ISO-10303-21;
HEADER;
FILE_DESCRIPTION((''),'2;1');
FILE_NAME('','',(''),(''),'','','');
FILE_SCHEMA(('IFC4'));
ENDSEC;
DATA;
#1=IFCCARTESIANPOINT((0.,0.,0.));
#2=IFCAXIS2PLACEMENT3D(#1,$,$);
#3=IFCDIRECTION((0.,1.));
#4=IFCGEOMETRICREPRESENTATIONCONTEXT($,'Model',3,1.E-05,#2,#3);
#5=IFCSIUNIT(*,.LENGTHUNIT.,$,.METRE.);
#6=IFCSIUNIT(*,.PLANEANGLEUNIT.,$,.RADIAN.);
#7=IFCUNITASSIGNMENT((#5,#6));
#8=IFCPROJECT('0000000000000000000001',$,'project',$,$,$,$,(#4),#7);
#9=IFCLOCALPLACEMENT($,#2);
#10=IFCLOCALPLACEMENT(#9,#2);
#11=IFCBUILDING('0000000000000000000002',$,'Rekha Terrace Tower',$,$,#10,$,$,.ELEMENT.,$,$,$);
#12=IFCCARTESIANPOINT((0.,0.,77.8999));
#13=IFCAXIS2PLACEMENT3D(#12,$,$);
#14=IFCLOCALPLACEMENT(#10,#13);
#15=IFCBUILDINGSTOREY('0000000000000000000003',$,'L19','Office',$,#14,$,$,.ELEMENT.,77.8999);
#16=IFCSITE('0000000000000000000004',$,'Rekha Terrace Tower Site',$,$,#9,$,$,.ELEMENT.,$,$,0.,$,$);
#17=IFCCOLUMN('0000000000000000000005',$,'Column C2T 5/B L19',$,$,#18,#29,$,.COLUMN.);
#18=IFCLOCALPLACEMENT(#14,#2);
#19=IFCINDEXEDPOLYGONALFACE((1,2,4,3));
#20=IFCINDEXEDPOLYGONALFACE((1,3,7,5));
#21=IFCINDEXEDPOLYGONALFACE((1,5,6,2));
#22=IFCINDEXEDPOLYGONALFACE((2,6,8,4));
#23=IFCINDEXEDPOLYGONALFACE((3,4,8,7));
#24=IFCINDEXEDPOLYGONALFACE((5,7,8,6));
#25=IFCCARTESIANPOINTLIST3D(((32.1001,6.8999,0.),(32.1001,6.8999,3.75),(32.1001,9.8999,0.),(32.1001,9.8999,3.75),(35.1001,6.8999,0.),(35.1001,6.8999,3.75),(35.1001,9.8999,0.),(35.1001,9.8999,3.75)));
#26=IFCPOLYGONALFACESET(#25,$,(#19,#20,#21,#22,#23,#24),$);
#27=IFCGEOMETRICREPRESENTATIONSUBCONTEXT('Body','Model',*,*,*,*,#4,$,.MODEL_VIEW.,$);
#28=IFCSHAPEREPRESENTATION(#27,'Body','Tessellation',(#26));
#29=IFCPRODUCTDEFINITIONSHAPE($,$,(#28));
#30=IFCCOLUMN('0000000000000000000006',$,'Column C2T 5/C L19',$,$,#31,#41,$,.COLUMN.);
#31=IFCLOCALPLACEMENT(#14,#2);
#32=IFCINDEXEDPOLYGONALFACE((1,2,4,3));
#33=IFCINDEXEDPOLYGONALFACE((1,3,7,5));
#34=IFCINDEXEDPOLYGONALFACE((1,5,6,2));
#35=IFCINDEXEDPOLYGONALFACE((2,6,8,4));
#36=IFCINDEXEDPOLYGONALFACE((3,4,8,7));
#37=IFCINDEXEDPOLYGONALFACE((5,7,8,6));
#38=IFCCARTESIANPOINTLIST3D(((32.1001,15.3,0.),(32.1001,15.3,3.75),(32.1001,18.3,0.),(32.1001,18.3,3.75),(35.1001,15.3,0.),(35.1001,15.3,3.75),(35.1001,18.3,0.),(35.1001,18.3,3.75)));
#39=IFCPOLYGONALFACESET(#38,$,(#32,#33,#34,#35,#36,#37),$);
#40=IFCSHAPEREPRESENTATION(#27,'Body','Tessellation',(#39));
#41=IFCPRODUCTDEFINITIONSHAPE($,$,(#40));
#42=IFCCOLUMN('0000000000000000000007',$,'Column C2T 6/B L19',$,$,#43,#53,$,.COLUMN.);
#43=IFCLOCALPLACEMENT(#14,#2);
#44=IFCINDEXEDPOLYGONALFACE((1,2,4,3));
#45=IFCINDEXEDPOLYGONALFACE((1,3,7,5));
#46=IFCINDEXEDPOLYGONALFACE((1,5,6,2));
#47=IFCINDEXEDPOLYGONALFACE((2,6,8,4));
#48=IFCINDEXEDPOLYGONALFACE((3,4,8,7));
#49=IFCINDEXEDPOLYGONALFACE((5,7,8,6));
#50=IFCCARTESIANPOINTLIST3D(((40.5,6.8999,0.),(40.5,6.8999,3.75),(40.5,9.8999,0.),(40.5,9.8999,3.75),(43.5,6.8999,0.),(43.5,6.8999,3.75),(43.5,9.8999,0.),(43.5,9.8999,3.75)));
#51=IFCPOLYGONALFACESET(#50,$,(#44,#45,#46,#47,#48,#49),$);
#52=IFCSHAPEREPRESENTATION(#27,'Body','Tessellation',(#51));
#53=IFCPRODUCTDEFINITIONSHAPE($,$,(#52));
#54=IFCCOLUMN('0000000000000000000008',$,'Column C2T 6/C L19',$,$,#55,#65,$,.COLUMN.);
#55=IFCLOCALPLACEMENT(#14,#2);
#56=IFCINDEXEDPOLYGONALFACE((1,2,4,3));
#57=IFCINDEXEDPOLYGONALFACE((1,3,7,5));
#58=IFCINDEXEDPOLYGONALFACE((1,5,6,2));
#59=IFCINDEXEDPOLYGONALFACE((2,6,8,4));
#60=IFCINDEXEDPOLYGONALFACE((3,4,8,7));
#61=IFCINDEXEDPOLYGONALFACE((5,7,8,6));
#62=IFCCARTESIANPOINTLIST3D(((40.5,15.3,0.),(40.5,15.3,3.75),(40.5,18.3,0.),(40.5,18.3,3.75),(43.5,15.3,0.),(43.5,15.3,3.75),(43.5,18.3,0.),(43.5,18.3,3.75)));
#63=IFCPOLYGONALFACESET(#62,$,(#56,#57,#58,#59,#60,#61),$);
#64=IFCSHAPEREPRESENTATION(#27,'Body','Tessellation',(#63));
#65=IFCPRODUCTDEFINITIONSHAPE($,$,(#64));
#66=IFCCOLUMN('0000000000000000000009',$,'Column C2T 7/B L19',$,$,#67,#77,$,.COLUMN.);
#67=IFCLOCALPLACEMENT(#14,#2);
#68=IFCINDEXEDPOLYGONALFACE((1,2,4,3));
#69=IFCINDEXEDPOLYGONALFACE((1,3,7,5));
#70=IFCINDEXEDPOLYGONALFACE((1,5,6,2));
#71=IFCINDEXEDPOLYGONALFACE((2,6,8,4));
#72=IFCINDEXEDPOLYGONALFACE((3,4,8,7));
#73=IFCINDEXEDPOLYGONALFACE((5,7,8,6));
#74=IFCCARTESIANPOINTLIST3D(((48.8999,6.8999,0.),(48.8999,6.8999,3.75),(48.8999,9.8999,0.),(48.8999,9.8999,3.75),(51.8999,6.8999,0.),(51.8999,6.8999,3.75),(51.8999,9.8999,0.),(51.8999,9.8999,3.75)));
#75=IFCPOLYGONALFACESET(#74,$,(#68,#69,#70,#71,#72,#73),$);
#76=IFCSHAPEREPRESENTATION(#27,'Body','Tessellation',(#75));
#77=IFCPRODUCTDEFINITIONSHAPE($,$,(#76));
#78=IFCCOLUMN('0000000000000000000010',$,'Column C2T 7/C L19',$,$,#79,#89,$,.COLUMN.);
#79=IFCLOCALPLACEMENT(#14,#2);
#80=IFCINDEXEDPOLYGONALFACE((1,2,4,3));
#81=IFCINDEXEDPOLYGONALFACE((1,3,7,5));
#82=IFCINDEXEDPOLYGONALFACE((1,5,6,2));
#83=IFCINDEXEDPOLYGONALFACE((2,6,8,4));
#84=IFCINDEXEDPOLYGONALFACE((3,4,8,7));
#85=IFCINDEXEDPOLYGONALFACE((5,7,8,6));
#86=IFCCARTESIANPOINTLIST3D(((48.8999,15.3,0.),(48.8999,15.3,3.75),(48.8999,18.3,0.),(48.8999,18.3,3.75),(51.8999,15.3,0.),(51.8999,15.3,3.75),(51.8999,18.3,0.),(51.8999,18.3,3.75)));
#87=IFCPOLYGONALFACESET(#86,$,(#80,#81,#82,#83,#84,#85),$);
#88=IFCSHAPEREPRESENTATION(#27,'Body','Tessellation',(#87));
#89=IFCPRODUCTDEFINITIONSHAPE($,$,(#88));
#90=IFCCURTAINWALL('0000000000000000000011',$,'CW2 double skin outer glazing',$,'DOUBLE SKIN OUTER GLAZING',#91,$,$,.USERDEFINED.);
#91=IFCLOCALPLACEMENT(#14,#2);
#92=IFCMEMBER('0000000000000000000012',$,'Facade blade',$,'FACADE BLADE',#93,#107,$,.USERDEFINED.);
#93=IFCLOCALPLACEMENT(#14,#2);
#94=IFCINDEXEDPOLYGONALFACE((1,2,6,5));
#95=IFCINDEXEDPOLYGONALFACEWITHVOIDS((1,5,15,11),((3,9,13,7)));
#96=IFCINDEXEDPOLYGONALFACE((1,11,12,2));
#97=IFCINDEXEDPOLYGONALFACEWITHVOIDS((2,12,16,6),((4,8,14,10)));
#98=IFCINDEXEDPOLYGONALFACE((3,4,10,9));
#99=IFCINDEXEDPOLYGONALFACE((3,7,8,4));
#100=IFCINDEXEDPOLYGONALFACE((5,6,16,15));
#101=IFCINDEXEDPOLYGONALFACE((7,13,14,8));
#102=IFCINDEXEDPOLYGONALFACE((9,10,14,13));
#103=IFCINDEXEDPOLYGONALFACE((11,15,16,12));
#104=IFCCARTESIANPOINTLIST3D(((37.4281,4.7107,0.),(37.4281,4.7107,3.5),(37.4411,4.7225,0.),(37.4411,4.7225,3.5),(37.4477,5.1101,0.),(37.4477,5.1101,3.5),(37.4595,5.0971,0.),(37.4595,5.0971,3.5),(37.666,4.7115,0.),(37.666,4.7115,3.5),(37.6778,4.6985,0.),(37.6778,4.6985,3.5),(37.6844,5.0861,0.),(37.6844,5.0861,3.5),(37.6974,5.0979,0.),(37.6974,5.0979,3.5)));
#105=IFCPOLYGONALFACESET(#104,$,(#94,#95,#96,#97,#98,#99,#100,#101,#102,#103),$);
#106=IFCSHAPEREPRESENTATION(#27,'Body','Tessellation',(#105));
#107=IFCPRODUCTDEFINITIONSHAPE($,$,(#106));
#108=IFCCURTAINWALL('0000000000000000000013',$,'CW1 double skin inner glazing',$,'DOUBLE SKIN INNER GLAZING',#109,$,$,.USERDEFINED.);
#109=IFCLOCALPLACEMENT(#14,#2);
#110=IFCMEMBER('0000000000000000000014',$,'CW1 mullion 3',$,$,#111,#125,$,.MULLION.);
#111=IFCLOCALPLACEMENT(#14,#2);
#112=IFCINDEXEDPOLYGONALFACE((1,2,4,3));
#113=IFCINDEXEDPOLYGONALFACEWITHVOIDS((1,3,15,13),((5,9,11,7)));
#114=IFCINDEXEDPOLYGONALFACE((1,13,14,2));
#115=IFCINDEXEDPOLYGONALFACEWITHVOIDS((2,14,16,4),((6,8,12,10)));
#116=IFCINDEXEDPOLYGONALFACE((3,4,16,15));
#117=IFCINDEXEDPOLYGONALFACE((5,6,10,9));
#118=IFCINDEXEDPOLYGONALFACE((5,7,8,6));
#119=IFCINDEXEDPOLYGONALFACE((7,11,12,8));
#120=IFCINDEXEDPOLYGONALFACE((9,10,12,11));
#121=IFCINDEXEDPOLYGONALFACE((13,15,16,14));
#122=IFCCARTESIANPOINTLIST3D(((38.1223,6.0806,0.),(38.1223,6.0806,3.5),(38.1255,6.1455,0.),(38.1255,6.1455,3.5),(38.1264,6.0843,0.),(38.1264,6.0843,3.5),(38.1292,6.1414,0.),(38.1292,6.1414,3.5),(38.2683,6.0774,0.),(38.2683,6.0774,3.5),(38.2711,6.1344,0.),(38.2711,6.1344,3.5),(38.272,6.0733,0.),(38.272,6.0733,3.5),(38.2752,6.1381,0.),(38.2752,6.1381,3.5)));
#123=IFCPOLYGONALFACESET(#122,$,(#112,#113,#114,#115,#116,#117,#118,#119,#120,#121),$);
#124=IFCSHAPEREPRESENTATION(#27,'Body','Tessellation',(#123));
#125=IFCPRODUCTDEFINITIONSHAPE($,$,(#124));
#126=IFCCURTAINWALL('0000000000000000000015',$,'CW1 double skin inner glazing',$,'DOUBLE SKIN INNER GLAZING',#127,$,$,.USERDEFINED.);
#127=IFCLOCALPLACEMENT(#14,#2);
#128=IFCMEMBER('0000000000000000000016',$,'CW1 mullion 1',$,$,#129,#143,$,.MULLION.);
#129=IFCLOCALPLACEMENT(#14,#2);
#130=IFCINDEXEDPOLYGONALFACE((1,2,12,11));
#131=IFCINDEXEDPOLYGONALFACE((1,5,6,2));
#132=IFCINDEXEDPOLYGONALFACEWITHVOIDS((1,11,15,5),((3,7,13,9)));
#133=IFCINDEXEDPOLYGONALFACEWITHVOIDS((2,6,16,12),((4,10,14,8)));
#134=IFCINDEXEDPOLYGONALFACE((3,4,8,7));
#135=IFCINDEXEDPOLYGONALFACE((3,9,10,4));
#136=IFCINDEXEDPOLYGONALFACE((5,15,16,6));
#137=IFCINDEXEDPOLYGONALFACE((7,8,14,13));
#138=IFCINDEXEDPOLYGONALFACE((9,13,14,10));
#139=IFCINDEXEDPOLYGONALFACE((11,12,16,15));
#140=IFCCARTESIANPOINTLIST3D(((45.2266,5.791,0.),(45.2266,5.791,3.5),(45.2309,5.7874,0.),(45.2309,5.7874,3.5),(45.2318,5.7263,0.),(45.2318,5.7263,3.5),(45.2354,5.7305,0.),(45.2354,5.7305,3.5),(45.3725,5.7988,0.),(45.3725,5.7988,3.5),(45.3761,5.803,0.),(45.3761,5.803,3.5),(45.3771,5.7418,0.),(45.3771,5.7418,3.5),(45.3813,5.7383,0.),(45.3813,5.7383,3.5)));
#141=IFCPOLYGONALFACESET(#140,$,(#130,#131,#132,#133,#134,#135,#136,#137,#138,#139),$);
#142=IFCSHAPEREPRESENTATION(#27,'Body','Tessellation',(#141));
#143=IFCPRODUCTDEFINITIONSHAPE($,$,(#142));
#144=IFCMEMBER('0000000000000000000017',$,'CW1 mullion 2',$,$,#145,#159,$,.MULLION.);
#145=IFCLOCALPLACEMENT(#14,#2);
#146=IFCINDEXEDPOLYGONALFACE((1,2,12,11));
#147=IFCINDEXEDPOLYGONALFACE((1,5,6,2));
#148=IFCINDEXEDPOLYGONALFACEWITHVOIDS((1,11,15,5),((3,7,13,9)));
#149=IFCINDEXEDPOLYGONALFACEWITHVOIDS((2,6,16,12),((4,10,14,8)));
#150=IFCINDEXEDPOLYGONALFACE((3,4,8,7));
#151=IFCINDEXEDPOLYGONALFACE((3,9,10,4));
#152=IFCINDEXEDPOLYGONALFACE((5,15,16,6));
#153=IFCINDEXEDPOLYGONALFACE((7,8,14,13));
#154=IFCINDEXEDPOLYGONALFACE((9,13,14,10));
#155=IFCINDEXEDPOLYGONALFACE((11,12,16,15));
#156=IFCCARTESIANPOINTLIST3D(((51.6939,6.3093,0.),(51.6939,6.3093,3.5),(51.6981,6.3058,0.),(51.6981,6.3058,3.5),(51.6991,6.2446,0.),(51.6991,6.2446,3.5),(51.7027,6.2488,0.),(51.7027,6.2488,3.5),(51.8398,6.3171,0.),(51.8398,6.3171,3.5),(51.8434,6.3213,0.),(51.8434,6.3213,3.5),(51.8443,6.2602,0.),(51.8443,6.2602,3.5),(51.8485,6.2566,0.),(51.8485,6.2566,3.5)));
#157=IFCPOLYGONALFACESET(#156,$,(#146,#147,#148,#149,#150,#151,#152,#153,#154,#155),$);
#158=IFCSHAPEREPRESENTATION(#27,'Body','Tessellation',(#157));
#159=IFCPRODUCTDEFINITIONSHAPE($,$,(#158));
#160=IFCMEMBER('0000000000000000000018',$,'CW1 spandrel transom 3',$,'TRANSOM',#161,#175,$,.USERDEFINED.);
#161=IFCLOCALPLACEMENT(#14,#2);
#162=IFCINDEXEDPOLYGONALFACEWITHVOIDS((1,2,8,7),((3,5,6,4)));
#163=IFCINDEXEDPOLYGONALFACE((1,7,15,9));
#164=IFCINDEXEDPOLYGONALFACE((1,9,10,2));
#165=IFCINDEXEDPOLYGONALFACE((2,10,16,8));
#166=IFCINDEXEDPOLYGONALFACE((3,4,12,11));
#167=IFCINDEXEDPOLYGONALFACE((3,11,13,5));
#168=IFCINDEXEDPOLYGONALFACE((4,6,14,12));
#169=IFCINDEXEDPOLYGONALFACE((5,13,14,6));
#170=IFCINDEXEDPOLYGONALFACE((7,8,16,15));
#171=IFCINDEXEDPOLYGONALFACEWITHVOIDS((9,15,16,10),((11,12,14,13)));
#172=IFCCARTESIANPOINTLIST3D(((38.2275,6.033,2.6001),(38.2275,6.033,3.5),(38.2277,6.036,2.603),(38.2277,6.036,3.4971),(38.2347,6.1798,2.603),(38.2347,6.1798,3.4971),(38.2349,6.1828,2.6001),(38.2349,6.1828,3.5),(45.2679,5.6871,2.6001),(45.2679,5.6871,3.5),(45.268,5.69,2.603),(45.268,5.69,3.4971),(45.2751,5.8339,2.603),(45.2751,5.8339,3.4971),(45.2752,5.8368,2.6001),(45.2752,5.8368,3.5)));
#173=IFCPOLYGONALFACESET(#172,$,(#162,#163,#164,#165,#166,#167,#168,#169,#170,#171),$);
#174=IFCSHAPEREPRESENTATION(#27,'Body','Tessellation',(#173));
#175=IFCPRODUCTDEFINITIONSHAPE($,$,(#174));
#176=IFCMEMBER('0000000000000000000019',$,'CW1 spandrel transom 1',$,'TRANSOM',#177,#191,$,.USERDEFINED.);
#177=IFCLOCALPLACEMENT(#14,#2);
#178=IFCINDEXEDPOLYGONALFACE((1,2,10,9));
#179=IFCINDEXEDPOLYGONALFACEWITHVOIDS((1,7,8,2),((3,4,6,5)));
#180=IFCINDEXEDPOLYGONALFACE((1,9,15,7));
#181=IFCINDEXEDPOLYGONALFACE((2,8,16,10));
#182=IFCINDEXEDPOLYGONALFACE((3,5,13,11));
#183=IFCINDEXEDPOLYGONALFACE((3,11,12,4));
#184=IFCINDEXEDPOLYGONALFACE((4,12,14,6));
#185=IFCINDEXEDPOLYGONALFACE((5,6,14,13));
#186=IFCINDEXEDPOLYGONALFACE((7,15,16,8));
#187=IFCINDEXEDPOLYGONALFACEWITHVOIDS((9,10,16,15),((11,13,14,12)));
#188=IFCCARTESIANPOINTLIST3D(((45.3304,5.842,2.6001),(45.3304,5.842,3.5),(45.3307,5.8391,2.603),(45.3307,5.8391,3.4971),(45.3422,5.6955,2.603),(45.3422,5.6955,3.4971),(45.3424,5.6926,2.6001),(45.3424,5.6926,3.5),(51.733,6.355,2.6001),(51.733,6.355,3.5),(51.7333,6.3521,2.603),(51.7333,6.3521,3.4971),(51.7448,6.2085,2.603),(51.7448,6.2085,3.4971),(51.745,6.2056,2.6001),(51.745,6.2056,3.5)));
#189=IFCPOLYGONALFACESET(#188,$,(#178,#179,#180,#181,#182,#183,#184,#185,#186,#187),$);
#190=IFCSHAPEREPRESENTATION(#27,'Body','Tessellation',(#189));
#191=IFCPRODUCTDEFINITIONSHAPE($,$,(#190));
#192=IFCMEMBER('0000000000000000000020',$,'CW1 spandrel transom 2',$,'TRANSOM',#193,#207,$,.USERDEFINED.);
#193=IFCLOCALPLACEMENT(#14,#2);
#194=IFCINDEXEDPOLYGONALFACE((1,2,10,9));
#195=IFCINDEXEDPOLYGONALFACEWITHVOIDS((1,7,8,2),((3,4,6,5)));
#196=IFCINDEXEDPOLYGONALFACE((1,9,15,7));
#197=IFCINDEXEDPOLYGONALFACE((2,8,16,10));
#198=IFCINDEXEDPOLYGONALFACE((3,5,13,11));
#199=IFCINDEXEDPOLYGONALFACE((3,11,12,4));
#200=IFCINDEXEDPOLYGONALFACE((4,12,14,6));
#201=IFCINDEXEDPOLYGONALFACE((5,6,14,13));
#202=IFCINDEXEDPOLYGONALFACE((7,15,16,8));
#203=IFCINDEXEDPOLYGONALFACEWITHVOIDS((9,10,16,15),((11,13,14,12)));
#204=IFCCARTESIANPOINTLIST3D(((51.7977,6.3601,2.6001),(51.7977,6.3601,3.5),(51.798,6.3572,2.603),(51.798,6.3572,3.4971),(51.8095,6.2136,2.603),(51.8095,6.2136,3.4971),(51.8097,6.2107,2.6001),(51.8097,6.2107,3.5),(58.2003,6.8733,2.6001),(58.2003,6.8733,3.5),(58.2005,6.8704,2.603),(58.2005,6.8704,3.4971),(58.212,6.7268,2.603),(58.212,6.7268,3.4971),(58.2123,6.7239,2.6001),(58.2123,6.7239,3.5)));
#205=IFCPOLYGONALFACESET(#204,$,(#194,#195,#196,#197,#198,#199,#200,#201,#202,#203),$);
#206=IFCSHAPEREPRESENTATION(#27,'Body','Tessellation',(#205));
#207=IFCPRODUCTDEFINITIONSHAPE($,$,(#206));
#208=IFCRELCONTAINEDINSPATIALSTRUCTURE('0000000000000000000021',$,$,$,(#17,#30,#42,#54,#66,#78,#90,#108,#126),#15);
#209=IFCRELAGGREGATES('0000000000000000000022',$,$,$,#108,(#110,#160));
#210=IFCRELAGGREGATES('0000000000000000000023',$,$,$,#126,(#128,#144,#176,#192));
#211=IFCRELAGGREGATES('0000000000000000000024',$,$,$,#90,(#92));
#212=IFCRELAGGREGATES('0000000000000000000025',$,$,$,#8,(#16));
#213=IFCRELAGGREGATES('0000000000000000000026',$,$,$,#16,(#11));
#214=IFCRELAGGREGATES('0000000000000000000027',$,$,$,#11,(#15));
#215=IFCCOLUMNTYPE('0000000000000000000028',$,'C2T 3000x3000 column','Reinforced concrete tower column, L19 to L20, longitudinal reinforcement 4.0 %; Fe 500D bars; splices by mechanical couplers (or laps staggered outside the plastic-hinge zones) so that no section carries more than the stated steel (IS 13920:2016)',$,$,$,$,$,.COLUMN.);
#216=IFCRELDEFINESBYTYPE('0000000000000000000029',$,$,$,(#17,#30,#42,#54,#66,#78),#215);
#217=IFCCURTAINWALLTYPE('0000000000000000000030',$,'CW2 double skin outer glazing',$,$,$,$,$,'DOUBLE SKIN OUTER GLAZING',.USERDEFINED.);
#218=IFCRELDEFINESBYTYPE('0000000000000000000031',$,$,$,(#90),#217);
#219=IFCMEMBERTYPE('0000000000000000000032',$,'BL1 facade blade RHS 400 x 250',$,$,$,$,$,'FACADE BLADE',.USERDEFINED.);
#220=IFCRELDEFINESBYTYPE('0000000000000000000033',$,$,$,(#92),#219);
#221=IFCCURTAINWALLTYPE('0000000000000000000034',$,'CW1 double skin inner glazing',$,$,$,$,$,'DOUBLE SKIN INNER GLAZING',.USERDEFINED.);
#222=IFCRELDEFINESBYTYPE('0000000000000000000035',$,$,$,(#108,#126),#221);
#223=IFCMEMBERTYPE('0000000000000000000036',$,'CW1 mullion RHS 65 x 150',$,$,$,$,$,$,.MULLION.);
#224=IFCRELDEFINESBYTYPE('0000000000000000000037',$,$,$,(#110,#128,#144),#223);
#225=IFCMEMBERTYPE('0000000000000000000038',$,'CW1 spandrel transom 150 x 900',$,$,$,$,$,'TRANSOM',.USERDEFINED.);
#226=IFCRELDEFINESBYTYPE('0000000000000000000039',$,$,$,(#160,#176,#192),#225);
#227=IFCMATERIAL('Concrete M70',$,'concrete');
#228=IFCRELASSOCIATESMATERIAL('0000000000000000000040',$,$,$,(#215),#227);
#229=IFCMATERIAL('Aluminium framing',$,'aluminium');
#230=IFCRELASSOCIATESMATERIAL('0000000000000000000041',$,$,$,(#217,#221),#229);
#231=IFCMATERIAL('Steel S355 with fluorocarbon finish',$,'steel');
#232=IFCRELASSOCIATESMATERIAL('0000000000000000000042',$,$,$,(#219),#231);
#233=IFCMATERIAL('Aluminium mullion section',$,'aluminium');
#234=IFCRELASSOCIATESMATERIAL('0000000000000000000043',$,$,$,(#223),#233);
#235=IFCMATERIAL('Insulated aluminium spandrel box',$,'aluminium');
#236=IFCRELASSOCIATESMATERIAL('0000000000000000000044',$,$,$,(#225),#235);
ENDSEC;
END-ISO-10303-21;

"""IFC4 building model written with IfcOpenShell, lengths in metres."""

from ifc_helpers import new_model, si_unit, direction, frame, origin, origin_2d, place, context, subcontext, project, spatial, rectangle, hollow_rectangle, extrude, material, material_profile, profile_set, type_object, element, aggregate, save


model = new_model("IFC4")

# Units and contexts
model_context = context("Model", 3, precision=1e-05, world=origin(), true_north=direction((0.0, 1.0)))
body_context = subcontext(model_context, "Body", "Model", "MODEL_VIEW")
ifc_project = project(units=[si_unit("LENGTHUNIT", "METRE"), si_unit("PLANEANGLEUNIT", "RADIAN")], contexts=[model_context])

# Site, building, storey
site_placement = place(None, origin())
site = spatial("IfcSite", under=ifc_project, at=site_placement, Name="Rekha Terrace Tower Site", CompositionType="ELEMENT", RefElevation=0.0)
building_placement = place(site_placement, origin())
building = spatial("IfcBuilding", under=site, at=building_placement, Name="Rekha Terrace Tower", CompositionType="ELEMENT")
storey_placement = place(building_placement, frame((0.0, 0.0, 77.8999)))
storey = spatial("IfcBuildingStorey", under=building, at=storey_placement, Name="L19", Description="Office", CompositionType="ELEMENT", Elevation=77.8999)

# Columns
ifc_material_1 = material(Name="Concrete M70", Category="concrete")
ifc_material_profile_1 = material_profile(ifc_material_1, rectangle(XDim=3.0, YDim=3.0, at=origin_2d()), Name="RC 3000x3000")
ifc_profile_set_1 = profile_set([ifc_material_profile_1], Name="Concrete M70")
column_type = type_object("IfcColumnType", Name="C2T 3000x3000 column", Description="Reinforced concrete tower column, L19 to L20, longitudinal reinforcement 4.0 %; Fe 500D bars; splices by mechanical couplers (or laps staggered outside the plastic-hinge zones) so that no section carries more than the stated steel (IS 13920:2016)", PredefinedType="COLUMN", material=ifc_profile_set_1)
for number, where, z_axis, x_axis, name in (
    (1, (33.6001, 8.3999, 0.0), (0.0, 0.0, 1.0), (1.0, 0.0, 0.0), "Column C2T 5/B L19"),
    (2, (33.6001, 16.8, 0.0), (0.0, 0.0, 1.0), (1.0, 0.0, 0.0), "Column C2T 5/C L19"),
    (3, (42.0, 8.3999, 0.0), (0.0, 0.0, 1.0), (1.0, 0.0, 0.0), "Column C2T 6/B L19"),
    (4, (42.0, 16.8, 0.0), (0.0, 0.0, 1.0), (1.0, 0.0, 0.0), "Column C2T 6/C L19"),
    (5, (50.3999, 8.3999, 0.0), (0.0, 0.0, 1.0), (1.0, 0.0, 0.0), "Column C2T 7/B L19"),
    (6, (50.3999, 16.8, 0.0), (0.0, 0.0, 1.0), (1.0, 0.0, 0.0), "Column C2T 7/C L19"),
):
    element("IfcColumn", number, at=place(storey_placement, frame(where, z_axis=z_axis, x_axis=x_axis)), inside=storey, type_object=column_type, Name=name, PredefinedType="COLUMN", context=body_context, shape_type="SweptSolid", body=[
        extrude(rectangle(XDim=3.0, YDim=3.0, at=origin_2d()), origin(), (0.0, 0.0, 1.0), 3.75),
    ])

# Curtain walls, members
ifc_material_2 = material(Name="Aluminium framing", Category="aluminium")
curtain_wall_type_1 = type_object("IfcCurtainWallType", Name="CW2 double skin outer glazing", ElementType="DOUBLE SKIN OUTER GLAZING", PredefinedType="USERDEFINED", material=ifc_material_2)
curtain_wall_1_placement = place(storey_placement, origin())
curtain_wall_1 = element("IfcCurtainWall", 7, at=curtain_wall_1_placement, inside=storey, type_object=curtain_wall_type_1, Name="CW2 double skin outer glazing", ObjectType="DOUBLE SKIN OUTER GLAZING", PredefinedType="USERDEFINED")
ifc_material_3 = material(Name="Steel S355 with fluorocarbon finish", Category="steel")
ifc_material_profile_2 = material_profile(ifc_material_3, hollow_rectangle(XDim=0.25, YDim=0.3999, WallThickness=0.0125, at=origin_2d()), Name="RHS400x250x12.5")
ifc_profile_set_2 = profile_set([ifc_material_profile_2], Name="Steel S355 with fluorocarbon finish")
member_type_1 = type_object("IfcMemberType", Name="BL1 facade blade RHS 400 x 250", ElementType="FACADE BLADE", PredefinedType="USERDEFINED", material=ifc_profile_set_2)
member_1_placement = place(storey_placement, frame((37.5627, 4.9043, 0.0), z_axis=(0.0, 0.0, 1.0), x_axis=(0.998796, -0.049052, 0.0)))
member_1 = element("IfcMember", 8, at=member_1_placement, type_object=member_type_1, Name="Facade blade", ObjectType="FACADE BLADE", PredefinedType="USERDEFINED", context=body_context, shape_type="SweptSolid", body=[
    extrude(hollow_rectangle(XDim=0.25, YDim=0.3999, WallThickness=0.0125, at=origin_2d()), origin(), (0.0, 0.0, 1.0), 3.5),
])
curtain_wall_type_2 = type_object("IfcCurtainWallType", Name="CW1 double skin inner glazing", ElementType="DOUBLE SKIN INNER GLAZING", PredefinedType="USERDEFINED", material=ifc_material_2)
curtain_wall_2_placement = place(storey_placement, origin())
curtain_wall_2 = element("IfcCurtainWall", 9, at=curtain_wall_2_placement, inside=storey, type_object=curtain_wall_type_2, Name="CW1 double skin inner glazing", ObjectType="DOUBLE SKIN INNER GLAZING", PredefinedType="USERDEFINED")
ifc_material_4 = material(Name="Aluminium mullion section", Category="aluminium")
ifc_material_profile_3 = material_profile(ifc_material_4, hollow_rectangle(XDim=0.0649, YDim=0.1499, WallThickness=0.0039, at=origin_2d()), Name="AL RHS 65x150")
ifc_profile_set_3 = profile_set([ifc_material_profile_3], Name="Aluminium mullion section")
member_type_2 = type_object("IfcMemberType", Name="CW1 mullion RHS 65 x 150", PredefinedType="MULLION", material=ifc_profile_set_3)
member_2_placement = place(storey_placement, frame((38.1987, 6.1094, 0.0), z_axis=(0.0, 0.0, 1.0), x_axis=(0.049052, 0.998796, 0.0)))
member_2 = element("IfcMember", 10, at=member_2_placement, type_object=member_type_2, Name="CW1 mullion 3", PredefinedType="MULLION", context=body_context, shape_type="SweptSolid", body=[
    extrude(hollow_rectangle(XDim=0.0649, YDim=0.1499, WallThickness=0.0039, at=origin_2d()), origin(), (0.0, 0.0, 1.0), 3.5),
])

# Curtain wall, members
curtain_wall_3_placement = place(storey_placement, origin())
curtain_wall_3 = element("IfcCurtainWall", 11, at=curtain_wall_3_placement, inside=storey, type_object=curtain_wall_type_2, Name="CW1 double skin inner glazing", ObjectType="DOUBLE SKIN INNER GLAZING", PredefinedType="USERDEFINED")
member_3_placement = place(storey_placement, frame((45.304, 5.7646, 0.0), z_axis=(0.0, 0.0, 1.0), x_axis=(-0.079872, 0.996805, 0.0)))
member_3 = element("IfcMember", 12, at=member_3_placement, type_object=member_type_2, Name="CW1 mullion 1", PredefinedType="MULLION", context=body_context, shape_type="SweptSolid", body=[
    extrude(hollow_rectangle(XDim=0.0649, YDim=0.1499, WallThickness=0.0039, at=origin_2d()), origin(), (0.0, 0.0, 1.0), 3.5),
])
member_4_placement = place(storey_placement, frame((51.7712, 6.283, 0.0), z_axis=(0.0, 0.0, 1.0), x_axis=(-0.079872, 0.996805, 0.0)))
member_4 = element("IfcMember", 13, at=member_4_placement, type_object=member_type_2, Name="CW1 mullion 2", PredefinedType="MULLION", context=body_context, shape_type="SweptSolid", body=[
    extrude(hollow_rectangle(XDim=0.0649, YDim=0.1499, WallThickness=0.0039, at=origin_2d()), origin(), (0.0, 0.0, 1.0), 3.5),
])

# Members
ifc_material_5 = material(Name="Insulated aluminium spandrel box", Category="aluminium")
ifc_material_profile_4 = material_profile(ifc_material_5, hollow_rectangle(XDim=0.1499, YDim=0.8999, WallThickness=0.0029, at=origin_2d()), Name="AL SPANDREL BOX 150x900")
ifc_profile_set_4 = profile_set([ifc_material_profile_4], Name="Insulated aluminium spandrel box")
member_type_3 = type_object("IfcMemberType", Name="CW1 spandrel transom 150 x 900", ElementType="TRANSOM", PredefinedType="USERDEFINED", material=ifc_profile_set_4)
member_5_placement = place(storey_placement, frame((38.2312, 6.1079, 3.05), z_axis=(0.998795, -0.049079, 0.0), x_axis=(0.049079, 0.998795, 0.0)))
member_5 = element("IfcMember", 14, at=member_5_placement, type_object=member_type_3, Name="CW1 spandrel transom 3", ObjectType="TRANSOM", PredefinedType="USERDEFINED", context=body_context, shape_type="SweptSolid", body=[
    extrude(hollow_rectangle(XDim=0.1499, YDim=0.8999, WallThickness=0.0029, at=origin_2d()), origin(), (0.0, 0.0, 1.0), 7.0488),
])
member_6_placement = place(storey_placement, frame((45.3364, 5.7673, 3.05), z_axis=(0.996806, 0.079859, 0.0), x_axis=(-0.079859, 0.996806, 0.0)))
member_6 = element("IfcMember", 15, at=member_6_placement, type_object=member_type_3, Name="CW1 spandrel transom 1", ObjectType="TRANSOM", PredefinedType="USERDEFINED", context=body_context, shape_type="SweptSolid", body=[
    extrude(hollow_rectangle(XDim=0.1499, YDim=0.8999, WallThickness=0.0029, at=origin_2d()), origin(), (0.0, 0.0, 1.0), 6.4231),
])
member_7_placement = place(storey_placement, frame((51.8037, 6.2854, 3.05), z_axis=(0.996803, 0.079896, 0.0), x_axis=(-0.079896, 0.996803, 0.0)))
member_7 = element("IfcMember", 16, at=member_7_placement, type_object=member_type_3, Name="CW1 spandrel transom 2", ObjectType="TRANSOM", PredefinedType="USERDEFINED", context=body_context, shape_type="SweptSolid", body=[
    extrude(hollow_rectangle(XDim=0.1499, YDim=0.8999, WallThickness=0.0029, at=origin_2d()), origin(), (0.0, 0.0, 1.0), 6.4231),
])

aggregate(curtain_wall_2, [member_2, member_5])
aggregate(curtain_wall_3, [member_3, member_4, member_6, member_7])
aggregate(curtain_wall_1, [member_1])

save(model, "model.ifc")
